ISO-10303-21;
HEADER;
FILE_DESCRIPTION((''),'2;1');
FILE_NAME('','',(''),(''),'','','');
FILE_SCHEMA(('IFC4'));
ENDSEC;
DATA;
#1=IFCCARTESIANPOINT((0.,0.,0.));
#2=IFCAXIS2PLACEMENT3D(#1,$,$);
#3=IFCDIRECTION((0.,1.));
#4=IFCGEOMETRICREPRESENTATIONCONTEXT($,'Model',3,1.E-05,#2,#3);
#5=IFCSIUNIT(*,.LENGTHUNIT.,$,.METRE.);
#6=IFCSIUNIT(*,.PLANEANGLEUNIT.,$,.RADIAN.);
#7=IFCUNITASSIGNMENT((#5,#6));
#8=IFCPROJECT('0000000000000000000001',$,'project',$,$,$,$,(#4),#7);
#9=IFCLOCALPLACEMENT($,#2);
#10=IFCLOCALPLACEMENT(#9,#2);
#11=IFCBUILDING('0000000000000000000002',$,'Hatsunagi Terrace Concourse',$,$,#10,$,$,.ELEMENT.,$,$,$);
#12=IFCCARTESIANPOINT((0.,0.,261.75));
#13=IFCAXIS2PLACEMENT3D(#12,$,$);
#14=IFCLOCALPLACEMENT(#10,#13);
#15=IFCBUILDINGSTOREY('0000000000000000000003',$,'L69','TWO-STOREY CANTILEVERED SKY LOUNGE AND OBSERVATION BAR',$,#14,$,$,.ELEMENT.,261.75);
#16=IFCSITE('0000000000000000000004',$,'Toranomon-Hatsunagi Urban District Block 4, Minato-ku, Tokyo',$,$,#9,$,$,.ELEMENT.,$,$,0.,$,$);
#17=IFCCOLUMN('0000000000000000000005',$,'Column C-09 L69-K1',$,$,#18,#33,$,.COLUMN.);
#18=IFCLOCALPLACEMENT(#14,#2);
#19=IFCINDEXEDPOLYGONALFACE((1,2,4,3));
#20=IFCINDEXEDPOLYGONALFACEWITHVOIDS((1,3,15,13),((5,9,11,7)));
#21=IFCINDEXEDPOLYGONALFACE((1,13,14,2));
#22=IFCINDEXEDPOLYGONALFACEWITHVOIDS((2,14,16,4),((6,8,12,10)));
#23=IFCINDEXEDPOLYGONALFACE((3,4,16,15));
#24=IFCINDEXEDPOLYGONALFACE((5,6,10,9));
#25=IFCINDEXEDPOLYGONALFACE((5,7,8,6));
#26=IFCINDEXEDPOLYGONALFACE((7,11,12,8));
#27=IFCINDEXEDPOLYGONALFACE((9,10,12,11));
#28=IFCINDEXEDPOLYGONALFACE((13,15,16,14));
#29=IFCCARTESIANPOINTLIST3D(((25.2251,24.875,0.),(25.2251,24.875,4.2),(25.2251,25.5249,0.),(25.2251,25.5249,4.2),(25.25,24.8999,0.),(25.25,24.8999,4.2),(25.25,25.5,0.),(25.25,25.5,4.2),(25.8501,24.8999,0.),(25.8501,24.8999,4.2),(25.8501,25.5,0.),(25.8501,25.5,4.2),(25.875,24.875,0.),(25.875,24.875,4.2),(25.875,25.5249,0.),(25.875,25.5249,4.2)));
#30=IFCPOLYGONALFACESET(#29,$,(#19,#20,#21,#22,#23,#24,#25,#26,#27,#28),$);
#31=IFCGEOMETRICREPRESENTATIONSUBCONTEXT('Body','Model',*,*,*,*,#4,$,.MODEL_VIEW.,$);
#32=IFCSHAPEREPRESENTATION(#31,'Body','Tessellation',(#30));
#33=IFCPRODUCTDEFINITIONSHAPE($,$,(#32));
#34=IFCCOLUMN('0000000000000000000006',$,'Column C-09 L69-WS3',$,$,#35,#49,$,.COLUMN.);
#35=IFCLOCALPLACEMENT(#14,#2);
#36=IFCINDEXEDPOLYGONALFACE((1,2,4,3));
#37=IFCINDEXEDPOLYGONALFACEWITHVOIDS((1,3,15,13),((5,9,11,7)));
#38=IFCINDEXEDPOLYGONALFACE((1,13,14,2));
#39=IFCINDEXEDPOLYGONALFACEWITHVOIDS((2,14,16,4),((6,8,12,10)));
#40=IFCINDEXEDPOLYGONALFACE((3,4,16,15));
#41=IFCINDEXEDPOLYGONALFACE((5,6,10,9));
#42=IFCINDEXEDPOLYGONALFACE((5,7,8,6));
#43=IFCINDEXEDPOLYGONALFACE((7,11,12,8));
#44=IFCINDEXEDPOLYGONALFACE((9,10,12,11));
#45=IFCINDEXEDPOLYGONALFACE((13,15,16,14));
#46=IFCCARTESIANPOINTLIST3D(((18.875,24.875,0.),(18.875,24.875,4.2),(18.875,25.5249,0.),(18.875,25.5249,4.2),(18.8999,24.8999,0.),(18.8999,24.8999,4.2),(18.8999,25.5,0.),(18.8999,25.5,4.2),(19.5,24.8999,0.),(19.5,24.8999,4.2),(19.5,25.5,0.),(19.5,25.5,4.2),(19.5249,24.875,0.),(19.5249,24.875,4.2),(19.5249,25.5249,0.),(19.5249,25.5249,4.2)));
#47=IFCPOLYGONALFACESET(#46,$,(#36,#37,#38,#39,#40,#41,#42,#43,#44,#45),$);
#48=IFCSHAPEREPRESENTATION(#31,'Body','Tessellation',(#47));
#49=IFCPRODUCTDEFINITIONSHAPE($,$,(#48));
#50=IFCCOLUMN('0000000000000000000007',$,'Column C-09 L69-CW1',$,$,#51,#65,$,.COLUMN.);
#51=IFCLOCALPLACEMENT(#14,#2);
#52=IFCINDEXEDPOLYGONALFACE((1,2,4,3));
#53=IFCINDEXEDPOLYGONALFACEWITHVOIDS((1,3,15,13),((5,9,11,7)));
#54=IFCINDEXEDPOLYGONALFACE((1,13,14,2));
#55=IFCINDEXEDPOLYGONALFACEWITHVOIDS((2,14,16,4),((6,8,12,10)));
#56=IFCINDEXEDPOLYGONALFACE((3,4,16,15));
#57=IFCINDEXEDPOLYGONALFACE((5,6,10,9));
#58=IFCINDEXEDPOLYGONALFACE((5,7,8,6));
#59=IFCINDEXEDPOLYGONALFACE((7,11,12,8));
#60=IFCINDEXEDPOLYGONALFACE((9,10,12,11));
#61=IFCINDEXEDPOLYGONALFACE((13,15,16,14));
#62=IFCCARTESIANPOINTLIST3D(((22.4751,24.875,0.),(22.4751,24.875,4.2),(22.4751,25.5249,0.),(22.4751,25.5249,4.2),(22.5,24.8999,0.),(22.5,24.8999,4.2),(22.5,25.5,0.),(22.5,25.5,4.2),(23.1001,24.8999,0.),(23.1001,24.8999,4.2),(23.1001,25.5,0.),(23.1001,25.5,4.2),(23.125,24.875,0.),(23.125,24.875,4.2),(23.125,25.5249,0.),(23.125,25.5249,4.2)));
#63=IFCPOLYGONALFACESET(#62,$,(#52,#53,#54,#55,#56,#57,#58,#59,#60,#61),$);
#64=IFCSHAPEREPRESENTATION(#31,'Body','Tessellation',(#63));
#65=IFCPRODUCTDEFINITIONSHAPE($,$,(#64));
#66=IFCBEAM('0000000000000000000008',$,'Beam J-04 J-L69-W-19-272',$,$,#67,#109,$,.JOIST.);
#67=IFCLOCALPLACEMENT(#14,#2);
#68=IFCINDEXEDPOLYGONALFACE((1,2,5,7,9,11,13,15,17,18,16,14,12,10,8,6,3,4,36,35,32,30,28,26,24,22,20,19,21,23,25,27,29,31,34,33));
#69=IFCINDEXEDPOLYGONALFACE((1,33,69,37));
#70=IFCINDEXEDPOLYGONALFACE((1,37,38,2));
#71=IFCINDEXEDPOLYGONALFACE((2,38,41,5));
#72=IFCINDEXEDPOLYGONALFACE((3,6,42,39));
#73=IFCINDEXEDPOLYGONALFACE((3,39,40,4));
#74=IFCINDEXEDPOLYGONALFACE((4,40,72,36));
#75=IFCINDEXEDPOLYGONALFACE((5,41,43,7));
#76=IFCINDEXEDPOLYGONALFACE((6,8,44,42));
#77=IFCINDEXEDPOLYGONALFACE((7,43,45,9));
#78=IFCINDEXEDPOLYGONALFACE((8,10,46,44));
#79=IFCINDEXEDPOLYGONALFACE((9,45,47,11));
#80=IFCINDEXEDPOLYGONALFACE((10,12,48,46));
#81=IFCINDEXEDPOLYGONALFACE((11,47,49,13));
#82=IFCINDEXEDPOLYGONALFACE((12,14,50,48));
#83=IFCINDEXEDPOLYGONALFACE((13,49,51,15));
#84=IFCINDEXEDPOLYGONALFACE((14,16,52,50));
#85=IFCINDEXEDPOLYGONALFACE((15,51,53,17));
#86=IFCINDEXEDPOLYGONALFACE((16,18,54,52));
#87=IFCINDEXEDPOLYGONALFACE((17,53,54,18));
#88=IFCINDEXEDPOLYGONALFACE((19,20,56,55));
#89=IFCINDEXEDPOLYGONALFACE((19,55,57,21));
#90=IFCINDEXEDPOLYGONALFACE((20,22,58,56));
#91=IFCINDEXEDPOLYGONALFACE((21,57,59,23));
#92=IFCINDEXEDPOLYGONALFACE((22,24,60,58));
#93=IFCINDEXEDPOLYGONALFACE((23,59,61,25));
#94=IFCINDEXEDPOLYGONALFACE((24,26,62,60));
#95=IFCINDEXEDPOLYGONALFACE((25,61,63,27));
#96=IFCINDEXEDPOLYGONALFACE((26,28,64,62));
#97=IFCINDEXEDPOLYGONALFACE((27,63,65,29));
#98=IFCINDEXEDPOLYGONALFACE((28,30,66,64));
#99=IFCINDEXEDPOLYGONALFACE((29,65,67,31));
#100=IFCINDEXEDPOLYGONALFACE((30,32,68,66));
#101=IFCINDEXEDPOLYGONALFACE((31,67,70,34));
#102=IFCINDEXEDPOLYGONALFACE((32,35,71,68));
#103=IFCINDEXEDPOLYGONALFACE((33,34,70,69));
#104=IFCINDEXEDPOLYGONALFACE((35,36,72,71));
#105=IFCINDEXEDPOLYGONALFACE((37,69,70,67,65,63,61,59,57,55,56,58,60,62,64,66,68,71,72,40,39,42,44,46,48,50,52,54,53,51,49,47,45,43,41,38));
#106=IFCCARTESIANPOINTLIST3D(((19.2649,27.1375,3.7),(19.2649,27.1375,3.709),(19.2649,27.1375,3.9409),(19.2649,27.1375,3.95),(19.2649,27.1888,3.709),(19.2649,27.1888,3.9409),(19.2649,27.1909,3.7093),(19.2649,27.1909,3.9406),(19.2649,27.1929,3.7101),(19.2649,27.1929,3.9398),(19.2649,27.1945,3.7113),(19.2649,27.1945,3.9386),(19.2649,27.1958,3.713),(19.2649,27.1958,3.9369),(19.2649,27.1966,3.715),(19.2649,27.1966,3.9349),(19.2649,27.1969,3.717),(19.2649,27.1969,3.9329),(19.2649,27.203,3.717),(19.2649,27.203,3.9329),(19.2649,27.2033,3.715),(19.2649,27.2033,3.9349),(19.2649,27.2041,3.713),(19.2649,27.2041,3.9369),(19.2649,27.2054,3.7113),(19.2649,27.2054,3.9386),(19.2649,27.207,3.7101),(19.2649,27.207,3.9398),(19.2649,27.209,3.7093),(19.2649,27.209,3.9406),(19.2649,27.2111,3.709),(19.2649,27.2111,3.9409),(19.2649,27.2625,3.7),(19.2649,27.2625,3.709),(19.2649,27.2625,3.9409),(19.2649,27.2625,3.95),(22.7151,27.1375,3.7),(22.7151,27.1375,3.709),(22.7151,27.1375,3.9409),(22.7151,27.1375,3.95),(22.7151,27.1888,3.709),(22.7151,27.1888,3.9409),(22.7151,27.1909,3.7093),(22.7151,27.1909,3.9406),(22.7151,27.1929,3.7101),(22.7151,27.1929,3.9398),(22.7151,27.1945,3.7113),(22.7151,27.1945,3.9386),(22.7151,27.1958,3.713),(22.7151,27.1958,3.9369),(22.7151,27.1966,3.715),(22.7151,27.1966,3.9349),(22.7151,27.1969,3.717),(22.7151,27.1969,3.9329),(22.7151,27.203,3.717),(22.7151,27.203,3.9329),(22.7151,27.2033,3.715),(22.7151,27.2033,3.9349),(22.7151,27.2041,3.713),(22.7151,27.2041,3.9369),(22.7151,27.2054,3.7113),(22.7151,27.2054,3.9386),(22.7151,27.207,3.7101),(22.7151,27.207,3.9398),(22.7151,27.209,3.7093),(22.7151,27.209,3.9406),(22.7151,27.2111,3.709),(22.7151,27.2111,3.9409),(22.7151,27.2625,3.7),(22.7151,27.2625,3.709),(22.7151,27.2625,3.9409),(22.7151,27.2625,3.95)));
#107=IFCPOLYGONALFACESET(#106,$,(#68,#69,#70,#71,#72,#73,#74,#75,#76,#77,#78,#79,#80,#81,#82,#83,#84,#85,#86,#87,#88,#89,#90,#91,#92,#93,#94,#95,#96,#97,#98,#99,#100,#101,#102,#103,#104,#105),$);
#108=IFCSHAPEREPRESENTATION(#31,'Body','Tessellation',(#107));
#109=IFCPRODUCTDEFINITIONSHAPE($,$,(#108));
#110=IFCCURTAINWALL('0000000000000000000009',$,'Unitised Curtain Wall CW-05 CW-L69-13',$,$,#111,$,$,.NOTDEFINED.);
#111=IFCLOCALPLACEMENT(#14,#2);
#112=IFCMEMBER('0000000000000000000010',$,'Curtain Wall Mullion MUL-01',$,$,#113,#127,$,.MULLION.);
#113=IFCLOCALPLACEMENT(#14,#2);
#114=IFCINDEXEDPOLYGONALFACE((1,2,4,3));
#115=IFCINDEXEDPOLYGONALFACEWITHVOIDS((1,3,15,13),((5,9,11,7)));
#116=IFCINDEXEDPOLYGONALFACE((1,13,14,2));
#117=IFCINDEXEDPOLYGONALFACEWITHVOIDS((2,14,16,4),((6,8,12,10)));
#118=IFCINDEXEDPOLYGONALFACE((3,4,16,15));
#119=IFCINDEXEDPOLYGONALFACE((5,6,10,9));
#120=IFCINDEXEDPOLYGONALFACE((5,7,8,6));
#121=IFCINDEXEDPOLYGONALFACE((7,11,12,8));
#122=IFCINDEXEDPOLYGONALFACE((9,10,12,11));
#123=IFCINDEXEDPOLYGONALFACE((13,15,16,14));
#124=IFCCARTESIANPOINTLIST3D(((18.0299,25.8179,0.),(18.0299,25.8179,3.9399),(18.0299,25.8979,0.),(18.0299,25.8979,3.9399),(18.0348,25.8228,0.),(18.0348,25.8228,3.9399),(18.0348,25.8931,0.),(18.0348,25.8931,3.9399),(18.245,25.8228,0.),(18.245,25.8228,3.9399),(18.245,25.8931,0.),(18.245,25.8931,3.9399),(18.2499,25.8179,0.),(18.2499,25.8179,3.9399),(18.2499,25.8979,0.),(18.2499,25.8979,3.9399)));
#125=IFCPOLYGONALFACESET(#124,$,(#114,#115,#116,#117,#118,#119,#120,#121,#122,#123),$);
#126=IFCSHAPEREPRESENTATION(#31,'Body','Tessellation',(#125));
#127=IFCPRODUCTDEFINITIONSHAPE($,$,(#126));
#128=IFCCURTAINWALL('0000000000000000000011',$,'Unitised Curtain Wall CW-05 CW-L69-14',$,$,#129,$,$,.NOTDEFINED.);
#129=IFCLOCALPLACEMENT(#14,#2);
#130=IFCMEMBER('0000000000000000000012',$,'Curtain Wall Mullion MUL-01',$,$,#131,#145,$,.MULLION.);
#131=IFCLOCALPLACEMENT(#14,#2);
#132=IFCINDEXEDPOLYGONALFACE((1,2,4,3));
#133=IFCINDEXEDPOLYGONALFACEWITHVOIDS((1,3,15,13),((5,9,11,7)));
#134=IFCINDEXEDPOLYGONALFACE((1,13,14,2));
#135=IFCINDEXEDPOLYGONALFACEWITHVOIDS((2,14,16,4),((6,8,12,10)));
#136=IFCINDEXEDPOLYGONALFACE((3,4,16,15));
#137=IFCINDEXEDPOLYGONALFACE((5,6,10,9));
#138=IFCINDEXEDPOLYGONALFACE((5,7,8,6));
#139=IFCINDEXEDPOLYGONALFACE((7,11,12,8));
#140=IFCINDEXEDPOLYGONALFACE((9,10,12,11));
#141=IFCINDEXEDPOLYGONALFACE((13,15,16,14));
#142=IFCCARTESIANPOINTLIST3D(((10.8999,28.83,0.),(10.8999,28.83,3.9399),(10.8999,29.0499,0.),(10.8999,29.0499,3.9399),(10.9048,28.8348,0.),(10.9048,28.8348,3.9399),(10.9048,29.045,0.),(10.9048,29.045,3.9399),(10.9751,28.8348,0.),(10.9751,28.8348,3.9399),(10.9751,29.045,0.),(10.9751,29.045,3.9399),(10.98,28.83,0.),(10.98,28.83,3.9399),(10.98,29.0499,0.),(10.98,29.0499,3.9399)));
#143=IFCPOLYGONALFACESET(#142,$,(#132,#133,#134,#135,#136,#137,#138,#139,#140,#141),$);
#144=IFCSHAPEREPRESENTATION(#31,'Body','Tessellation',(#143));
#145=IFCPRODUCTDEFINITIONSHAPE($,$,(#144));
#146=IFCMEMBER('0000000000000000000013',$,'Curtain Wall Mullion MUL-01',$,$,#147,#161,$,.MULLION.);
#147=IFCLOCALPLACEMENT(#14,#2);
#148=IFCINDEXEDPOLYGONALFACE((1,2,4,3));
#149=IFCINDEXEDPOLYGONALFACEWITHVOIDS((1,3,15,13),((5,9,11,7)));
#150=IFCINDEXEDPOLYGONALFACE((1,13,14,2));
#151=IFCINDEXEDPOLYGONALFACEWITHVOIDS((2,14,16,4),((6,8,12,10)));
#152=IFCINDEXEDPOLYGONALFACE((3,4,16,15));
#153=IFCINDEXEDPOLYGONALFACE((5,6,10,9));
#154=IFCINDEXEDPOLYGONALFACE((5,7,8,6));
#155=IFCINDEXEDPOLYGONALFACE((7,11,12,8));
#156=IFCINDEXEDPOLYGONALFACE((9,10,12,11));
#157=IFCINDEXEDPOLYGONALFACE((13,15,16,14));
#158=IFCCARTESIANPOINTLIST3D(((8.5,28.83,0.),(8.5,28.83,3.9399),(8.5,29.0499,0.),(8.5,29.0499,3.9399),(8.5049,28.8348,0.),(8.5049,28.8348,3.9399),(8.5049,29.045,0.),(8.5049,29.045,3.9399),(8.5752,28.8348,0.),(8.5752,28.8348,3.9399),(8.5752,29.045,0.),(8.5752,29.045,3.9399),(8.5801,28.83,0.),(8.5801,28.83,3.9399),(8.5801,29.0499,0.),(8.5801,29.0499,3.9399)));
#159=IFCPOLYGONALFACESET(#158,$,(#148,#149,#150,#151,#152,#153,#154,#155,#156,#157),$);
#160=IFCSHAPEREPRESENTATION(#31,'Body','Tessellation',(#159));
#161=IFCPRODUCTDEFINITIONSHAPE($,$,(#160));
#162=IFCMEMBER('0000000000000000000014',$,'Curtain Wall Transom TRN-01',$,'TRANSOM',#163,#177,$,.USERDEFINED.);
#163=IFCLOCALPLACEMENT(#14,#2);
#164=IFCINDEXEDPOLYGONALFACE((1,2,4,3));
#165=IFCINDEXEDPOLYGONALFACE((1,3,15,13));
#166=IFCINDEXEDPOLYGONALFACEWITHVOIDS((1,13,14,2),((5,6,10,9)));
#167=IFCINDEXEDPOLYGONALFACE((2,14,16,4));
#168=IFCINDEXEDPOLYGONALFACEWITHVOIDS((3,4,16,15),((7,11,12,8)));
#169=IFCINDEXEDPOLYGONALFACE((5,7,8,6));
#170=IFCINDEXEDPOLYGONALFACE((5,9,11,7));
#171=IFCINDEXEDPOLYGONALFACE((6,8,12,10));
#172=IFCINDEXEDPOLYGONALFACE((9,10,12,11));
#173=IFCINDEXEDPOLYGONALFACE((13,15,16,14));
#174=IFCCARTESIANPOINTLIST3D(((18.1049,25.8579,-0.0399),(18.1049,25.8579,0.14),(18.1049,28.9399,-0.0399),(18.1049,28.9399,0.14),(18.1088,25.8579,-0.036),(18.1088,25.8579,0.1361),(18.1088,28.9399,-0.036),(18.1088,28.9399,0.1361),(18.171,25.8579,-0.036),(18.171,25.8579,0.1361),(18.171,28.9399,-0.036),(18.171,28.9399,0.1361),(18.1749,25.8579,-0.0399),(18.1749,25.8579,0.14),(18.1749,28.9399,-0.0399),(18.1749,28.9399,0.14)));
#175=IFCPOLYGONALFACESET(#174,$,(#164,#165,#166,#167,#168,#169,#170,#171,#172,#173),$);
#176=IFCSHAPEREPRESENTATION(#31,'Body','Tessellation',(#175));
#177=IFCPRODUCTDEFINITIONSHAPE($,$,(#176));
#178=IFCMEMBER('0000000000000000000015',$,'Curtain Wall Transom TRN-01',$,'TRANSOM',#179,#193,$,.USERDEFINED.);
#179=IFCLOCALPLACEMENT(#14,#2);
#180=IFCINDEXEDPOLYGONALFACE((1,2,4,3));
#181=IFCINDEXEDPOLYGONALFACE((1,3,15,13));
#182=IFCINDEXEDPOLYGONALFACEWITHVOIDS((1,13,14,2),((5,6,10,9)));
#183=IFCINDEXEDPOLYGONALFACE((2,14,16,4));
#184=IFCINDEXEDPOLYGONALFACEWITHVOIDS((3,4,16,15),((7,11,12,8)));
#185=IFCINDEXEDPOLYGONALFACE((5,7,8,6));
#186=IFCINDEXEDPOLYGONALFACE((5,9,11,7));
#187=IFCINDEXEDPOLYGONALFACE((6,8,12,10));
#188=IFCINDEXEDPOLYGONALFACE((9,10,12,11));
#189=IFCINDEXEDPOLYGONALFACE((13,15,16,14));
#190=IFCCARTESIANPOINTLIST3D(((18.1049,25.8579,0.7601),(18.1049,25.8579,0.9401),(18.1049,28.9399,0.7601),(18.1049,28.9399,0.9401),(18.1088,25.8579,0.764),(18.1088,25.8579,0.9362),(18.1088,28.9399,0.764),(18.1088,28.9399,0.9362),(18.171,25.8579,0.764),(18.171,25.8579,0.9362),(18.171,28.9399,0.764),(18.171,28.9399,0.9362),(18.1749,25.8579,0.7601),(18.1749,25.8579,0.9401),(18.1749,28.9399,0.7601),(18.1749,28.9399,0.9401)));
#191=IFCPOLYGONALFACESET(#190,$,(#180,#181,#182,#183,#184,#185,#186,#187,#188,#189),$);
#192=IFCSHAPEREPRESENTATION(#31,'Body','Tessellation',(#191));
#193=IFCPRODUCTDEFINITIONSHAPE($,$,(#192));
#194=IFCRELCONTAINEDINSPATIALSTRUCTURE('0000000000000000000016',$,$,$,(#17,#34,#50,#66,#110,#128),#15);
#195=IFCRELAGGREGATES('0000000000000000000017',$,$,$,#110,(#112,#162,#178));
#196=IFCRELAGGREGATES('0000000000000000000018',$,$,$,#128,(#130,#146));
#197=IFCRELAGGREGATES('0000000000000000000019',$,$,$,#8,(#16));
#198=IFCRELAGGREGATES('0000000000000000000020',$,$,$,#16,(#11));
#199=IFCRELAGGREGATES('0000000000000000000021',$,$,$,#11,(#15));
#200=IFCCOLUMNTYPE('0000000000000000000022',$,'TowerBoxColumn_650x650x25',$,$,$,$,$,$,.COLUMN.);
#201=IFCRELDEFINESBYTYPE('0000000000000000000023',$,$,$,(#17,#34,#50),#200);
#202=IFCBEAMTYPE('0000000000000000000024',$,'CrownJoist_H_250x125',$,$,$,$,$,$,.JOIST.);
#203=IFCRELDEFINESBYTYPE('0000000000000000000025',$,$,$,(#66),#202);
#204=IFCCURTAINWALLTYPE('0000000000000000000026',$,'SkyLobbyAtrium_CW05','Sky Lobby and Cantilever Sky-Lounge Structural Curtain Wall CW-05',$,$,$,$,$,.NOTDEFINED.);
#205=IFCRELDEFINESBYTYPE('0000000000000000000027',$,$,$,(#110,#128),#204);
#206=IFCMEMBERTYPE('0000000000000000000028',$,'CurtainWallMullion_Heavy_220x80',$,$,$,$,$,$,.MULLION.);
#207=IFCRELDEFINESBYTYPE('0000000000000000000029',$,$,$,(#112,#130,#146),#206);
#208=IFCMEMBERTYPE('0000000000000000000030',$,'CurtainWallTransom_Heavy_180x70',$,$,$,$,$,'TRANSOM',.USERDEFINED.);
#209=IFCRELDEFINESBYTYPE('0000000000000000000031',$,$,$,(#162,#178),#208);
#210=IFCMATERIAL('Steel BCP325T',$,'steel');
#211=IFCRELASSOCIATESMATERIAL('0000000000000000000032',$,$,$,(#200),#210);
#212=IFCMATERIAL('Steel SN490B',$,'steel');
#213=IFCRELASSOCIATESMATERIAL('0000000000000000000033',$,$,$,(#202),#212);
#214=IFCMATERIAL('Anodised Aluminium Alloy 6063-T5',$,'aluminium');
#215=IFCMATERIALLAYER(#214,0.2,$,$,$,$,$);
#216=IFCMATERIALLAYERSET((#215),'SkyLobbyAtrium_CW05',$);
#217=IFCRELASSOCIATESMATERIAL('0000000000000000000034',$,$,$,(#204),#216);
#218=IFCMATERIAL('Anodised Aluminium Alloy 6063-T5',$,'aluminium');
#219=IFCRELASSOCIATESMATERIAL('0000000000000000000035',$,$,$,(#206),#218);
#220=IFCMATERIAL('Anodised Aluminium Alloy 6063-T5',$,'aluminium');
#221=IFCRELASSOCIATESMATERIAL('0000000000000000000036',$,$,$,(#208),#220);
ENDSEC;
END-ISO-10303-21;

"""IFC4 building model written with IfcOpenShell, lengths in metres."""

from ifc_helpers import new_model, si_unit, direction, frame, origin, origin_2d, place, context, subcontext, project, spatial, hollow_rectangle, i_section, extrude, material, layer, layer_set, material_profile, profile_set, type_object, element, aggregate, save


model = new_model("IFC4")

# Units and contexts
model_context = context("Model", 3, precision=1e-05, world=origin(), true_north=direction((0.0, 1.0)))
body_context = subcontext(model_context, "Body", "Model", "MODEL_VIEW")
ifc_project = project(units=[si_unit("LENGTHUNIT", "METRE"), si_unit("PLANEANGLEUNIT", "RADIAN")], contexts=[model_context])

# Site, building, storey
site_placement = place(None, origin())
site = spatial("IfcSite", under=ifc_project, at=site_placement, Name="Toranomon-Hatsunagi Urban District Block 4, Minato-ku, Tokyo", CompositionType="ELEMENT", RefElevation=0.0)
building_placement = place(site_placement, origin())
building = spatial("IfcBuilding", under=site, at=building_placement, Name="Hatsunagi Terrace Concourse", CompositionType="ELEMENT")
storey_placement = place(building_placement, frame((0.0, 0.0, 261.75)))
storey = spatial("IfcBuildingStorey", under=building, at=storey_placement, Name="L69", Description="TWO-STOREY CANTILEVERED SKY LOUNGE AND OBSERVATION BAR", CompositionType="ELEMENT", Elevation=261.75)

# Columns
ifc_material_1 = material(Name="Steel BCP325T", Category="steel")
ifc_material_profile_1 = material_profile(ifc_material_1, hollow_rectangle(XDim=0.6499, YDim=0.6499, WallThickness=0.0249, at=origin_2d()), Name="BCP-650x650x25")
ifc_profile_set_1 = profile_set([ifc_material_profile_1], Name="Steel BCP325T")
column_type = type_object("IfcColumnType", Name="TowerBoxColumn_650x650x25", PredefinedType="COLUMN", material=ifc_profile_set_1)
for number, where, z_axis, x_axis, name in (
    (1, (25.55, 25.2, 0.0), (0.0, 0.0, 1.0), (1.0, 0.0, 0.0), "Column C-09 L69-K1"),
    (2, (19.2, 25.2, 0.0), (0.0, 0.0, 1.0), (1.0, 0.0, 0.0), "Column C-09 L69-WS3"),
    (3, (22.8, 25.2, 0.0), (0.0, 0.0, 1.0), (1.0, 0.0, 0.0), "Column C-09 L69-CW1"),
):
    element("IfcColumn", number, at=place(storey_placement, frame(where, z_axis=z_axis, x_axis=x_axis)), inside=storey, type_object=column_type, Name=name, PredefinedType="COLUMN", context=body_context, shape_type="SweptSolid", body=[
        extrude(hollow_rectangle(XDim=0.6499, YDim=0.6499, WallThickness=0.0249, at=origin_2d()), origin(), (0.0, 0.0, 1.0), 4.2),
    ])

# Beam
ifc_material_2 = material(Name="Steel SN490B", Category="steel")
ifc_material_profile_2 = material_profile(ifc_material_2, i_section(OverallWidth=0.125, OverallDepth=0.25, WebThickness=0.0061, FlangeThickness=0.009, FilletRadius=0.0081, at=origin_2d()), Name="H-250x125x6x9")
ifc_profile_set_2 = profile_set([ifc_material_profile_2], Name="Steel SN490B")
beam_type_1 = type_object("IfcBeamType", Name="CrownJoist_H_250x125", PredefinedType="JOIST", material=ifc_profile_set_2)
beam_1_placement = place(storey_placement, frame((19.2649, 27.2, 3.825), z_axis=(1.0, 0.0, 0.0), x_axis=(0.0, 1.0, 0.0)))
element("IfcBeam", 4, at=beam_1_placement, inside=storey, type_object=beam_type_1, Name="Beam J-04 J-L69-W-19-272", PredefinedType="JOIST", context=body_context, shape_type="SweptSolid", body=[
    extrude(i_section(OverallWidth=0.125, OverallDepth=0.25, WebThickness=0.0061, FlangeThickness=0.009, FilletRadius=0.0081, at=origin_2d()), origin(), (0.0, 0.0, 1.0), 3.4502),
])

# Curtain wall, member
ifc_material_3 = material(Name="Anodised Aluminium Alloy 6063-T5", Category="aluminium")
ifc_layer_1 = layer(ifc_material_3, 0.2)
ifc_layer_set_1 = layer_set([ifc_layer_1], Name="SkyLobbyAtrium_CW05")
curtain_wall_type = type_object("IfcCurtainWallType", Name="SkyLobbyAtrium_CW05", Description="Sky Lobby and Cantilever Sky-Lounge Structural Curtain Wall CW-05", PredefinedType="NOTDEFINED", material=ifc_layer_set_1)
curtain_wall_1_placement = place(storey_placement, origin())
curtain_wall_1 = element("IfcCurtainWall", 5, at=curtain_wall_1_placement, inside=storey, type_object=curtain_wall_type, Name="Unitised Curtain Wall CW-05 CW-L69-13", PredefinedType="NOTDEFINED")
ifc_material_4 = material(Name="Anodised Aluminium Alloy 6063-T5", Category="aluminium")
ifc_material_profile_3 = material_profile(ifc_material_4, hollow_rectangle(XDim=0.0801, YDim=0.22, WallThickness=0.0049, at=origin_2d()), Name="ALU-MUL-220x80x5")
ifc_profile_set_3 = profile_set([ifc_material_profile_3], Name="Anodised Aluminium Alloy 6063-T5")
member_type_1 = type_object("IfcMemberType", Name="CurtainWallMullion_Heavy_220x80", PredefinedType="MULLION", material=ifc_profile_set_3)
member_1_placement = place(storey_placement, frame((18.1399, 25.8579, 0.0), z_axis=(0.0, 0.0, 1.0), x_axis=(0.0, 1.0, 0.0)))
member_1 = element("IfcMember", 6, at=member_1_placement, type_object=member_type_1, Name="Curtain Wall Mullion MUL-01", PredefinedType="MULLION", context=body_context, shape_type="SweptSolid", body=[
    extrude(hollow_rectangle(XDim=0.0801, YDim=0.22, WallThickness=0.0049, at=origin_2d()), origin(), (0.0, 0.0, 1.0), 3.9399),
])

# Curtain wall, members
curtain_wall_2_placement = place(storey_placement, origin())
curtain_wall_2 = element("IfcCurtainWall", 7, at=curtain_wall_2_placement, inside=storey, type_object=curtain_wall_type, Name="Unitised Curtain Wall CW-05 CW-L69-14", PredefinedType="NOTDEFINED")
member_2_placement = place(storey_placement, frame((10.9399, 28.9399, 0.0), z_axis=(0.0, 0.0, 1.0), x_axis=(-1.0, 0.0, 0.0)))
member_2 = element("IfcMember", 8, at=member_2_placement, type_object=member_type_1, Name="Curtain Wall Mullion MUL-01", PredefinedType="MULLION", context=body_context, shape_type="SweptSolid", body=[
    extrude(hollow_rectangle(XDim=0.0801, YDim=0.22, WallThickness=0.0049, at=origin_2d()), origin(), (0.0, 0.0, 1.0), 3.9399),
])
member_3_placement = place(storey_placement, frame((8.54, 28.9399, 0.0), z_axis=(0.0, 0.0, 1.0), x_axis=(-1.0, 0.0, 0.0)))
member_3 = element("IfcMember", 9, at=member_3_placement, type_object=member_type_1, Name="Curtain Wall Mullion MUL-01", PredefinedType="MULLION", context=body_context, shape_type="SweptSolid", body=[
    extrude(hollow_rectangle(XDim=0.0801, YDim=0.22, WallThickness=0.0049, at=origin_2d()), origin(), (0.0, 0.0, 1.0), 3.9399),
])

# Members
ifc_material_5 = material(Name="Anodised Aluminium Alloy 6063-T5", Category="aluminium")
ifc_material_profile_4 = material_profile(ifc_material_5, hollow_rectangle(XDim=0.0701, YDim=0.1799, WallThickness=0.0039, at=origin_2d()), Name="ALU-TRN-180x70x4")
ifc_profile_set_4 = profile_set([ifc_material_profile_4], Name="Anodised Aluminium Alloy 6063-T5")
member_type_2 = type_object("IfcMemberType", Name="CurtainWallTransom_Heavy_180x70", ElementType="TRANSOM", PredefinedType="USERDEFINED", material=ifc_profile_set_4)
member_4_placement = place(storey_placement, frame((18.1399, 25.8579, 0.05), z_axis=(0.0, 1.0, 0.0), x_axis=(-1.0, 0.0, 0.0)))
member_4 = element("IfcMember", 10, at=member_4_placement, type_object=member_type_2, Name="Curtain Wall Transom TRN-01", ObjectType="TRANSOM", PredefinedType="USERDEFINED", context=body_context, shape_type="SweptSolid", body=[
    extrude(hollow_rectangle(XDim=0.0701, YDim=0.1799, WallThickness=0.0039, at=origin_2d()), origin(), (0.0, 0.0, 1.0), 3.082),
])
member_5_placement = place(storey_placement, frame((18.1399, 25.8579, 0.8501), z_axis=(0.0, 1.0, 0.0), x_axis=(-1.0, 0.0, 0.0)))
member_5 = element("IfcMember", 11, at=member_5_placement, type_object=member_type_2, Name="Curtain Wall Transom TRN-01", ObjectType="TRANSOM", PredefinedType="USERDEFINED", context=body_context, shape_type="SweptSolid", body=[
    extrude(hollow_rectangle(XDim=0.0701, YDim=0.1799, WallThickness=0.0039, at=origin_2d()), origin(), (0.0, 0.0, 1.0), 3.082),
])

aggregate(curtain_wall_1, [member_1, member_4, member_5])
aggregate(curtain_wall_2, [member_2, member_3])

save(model, "model.ifc")
